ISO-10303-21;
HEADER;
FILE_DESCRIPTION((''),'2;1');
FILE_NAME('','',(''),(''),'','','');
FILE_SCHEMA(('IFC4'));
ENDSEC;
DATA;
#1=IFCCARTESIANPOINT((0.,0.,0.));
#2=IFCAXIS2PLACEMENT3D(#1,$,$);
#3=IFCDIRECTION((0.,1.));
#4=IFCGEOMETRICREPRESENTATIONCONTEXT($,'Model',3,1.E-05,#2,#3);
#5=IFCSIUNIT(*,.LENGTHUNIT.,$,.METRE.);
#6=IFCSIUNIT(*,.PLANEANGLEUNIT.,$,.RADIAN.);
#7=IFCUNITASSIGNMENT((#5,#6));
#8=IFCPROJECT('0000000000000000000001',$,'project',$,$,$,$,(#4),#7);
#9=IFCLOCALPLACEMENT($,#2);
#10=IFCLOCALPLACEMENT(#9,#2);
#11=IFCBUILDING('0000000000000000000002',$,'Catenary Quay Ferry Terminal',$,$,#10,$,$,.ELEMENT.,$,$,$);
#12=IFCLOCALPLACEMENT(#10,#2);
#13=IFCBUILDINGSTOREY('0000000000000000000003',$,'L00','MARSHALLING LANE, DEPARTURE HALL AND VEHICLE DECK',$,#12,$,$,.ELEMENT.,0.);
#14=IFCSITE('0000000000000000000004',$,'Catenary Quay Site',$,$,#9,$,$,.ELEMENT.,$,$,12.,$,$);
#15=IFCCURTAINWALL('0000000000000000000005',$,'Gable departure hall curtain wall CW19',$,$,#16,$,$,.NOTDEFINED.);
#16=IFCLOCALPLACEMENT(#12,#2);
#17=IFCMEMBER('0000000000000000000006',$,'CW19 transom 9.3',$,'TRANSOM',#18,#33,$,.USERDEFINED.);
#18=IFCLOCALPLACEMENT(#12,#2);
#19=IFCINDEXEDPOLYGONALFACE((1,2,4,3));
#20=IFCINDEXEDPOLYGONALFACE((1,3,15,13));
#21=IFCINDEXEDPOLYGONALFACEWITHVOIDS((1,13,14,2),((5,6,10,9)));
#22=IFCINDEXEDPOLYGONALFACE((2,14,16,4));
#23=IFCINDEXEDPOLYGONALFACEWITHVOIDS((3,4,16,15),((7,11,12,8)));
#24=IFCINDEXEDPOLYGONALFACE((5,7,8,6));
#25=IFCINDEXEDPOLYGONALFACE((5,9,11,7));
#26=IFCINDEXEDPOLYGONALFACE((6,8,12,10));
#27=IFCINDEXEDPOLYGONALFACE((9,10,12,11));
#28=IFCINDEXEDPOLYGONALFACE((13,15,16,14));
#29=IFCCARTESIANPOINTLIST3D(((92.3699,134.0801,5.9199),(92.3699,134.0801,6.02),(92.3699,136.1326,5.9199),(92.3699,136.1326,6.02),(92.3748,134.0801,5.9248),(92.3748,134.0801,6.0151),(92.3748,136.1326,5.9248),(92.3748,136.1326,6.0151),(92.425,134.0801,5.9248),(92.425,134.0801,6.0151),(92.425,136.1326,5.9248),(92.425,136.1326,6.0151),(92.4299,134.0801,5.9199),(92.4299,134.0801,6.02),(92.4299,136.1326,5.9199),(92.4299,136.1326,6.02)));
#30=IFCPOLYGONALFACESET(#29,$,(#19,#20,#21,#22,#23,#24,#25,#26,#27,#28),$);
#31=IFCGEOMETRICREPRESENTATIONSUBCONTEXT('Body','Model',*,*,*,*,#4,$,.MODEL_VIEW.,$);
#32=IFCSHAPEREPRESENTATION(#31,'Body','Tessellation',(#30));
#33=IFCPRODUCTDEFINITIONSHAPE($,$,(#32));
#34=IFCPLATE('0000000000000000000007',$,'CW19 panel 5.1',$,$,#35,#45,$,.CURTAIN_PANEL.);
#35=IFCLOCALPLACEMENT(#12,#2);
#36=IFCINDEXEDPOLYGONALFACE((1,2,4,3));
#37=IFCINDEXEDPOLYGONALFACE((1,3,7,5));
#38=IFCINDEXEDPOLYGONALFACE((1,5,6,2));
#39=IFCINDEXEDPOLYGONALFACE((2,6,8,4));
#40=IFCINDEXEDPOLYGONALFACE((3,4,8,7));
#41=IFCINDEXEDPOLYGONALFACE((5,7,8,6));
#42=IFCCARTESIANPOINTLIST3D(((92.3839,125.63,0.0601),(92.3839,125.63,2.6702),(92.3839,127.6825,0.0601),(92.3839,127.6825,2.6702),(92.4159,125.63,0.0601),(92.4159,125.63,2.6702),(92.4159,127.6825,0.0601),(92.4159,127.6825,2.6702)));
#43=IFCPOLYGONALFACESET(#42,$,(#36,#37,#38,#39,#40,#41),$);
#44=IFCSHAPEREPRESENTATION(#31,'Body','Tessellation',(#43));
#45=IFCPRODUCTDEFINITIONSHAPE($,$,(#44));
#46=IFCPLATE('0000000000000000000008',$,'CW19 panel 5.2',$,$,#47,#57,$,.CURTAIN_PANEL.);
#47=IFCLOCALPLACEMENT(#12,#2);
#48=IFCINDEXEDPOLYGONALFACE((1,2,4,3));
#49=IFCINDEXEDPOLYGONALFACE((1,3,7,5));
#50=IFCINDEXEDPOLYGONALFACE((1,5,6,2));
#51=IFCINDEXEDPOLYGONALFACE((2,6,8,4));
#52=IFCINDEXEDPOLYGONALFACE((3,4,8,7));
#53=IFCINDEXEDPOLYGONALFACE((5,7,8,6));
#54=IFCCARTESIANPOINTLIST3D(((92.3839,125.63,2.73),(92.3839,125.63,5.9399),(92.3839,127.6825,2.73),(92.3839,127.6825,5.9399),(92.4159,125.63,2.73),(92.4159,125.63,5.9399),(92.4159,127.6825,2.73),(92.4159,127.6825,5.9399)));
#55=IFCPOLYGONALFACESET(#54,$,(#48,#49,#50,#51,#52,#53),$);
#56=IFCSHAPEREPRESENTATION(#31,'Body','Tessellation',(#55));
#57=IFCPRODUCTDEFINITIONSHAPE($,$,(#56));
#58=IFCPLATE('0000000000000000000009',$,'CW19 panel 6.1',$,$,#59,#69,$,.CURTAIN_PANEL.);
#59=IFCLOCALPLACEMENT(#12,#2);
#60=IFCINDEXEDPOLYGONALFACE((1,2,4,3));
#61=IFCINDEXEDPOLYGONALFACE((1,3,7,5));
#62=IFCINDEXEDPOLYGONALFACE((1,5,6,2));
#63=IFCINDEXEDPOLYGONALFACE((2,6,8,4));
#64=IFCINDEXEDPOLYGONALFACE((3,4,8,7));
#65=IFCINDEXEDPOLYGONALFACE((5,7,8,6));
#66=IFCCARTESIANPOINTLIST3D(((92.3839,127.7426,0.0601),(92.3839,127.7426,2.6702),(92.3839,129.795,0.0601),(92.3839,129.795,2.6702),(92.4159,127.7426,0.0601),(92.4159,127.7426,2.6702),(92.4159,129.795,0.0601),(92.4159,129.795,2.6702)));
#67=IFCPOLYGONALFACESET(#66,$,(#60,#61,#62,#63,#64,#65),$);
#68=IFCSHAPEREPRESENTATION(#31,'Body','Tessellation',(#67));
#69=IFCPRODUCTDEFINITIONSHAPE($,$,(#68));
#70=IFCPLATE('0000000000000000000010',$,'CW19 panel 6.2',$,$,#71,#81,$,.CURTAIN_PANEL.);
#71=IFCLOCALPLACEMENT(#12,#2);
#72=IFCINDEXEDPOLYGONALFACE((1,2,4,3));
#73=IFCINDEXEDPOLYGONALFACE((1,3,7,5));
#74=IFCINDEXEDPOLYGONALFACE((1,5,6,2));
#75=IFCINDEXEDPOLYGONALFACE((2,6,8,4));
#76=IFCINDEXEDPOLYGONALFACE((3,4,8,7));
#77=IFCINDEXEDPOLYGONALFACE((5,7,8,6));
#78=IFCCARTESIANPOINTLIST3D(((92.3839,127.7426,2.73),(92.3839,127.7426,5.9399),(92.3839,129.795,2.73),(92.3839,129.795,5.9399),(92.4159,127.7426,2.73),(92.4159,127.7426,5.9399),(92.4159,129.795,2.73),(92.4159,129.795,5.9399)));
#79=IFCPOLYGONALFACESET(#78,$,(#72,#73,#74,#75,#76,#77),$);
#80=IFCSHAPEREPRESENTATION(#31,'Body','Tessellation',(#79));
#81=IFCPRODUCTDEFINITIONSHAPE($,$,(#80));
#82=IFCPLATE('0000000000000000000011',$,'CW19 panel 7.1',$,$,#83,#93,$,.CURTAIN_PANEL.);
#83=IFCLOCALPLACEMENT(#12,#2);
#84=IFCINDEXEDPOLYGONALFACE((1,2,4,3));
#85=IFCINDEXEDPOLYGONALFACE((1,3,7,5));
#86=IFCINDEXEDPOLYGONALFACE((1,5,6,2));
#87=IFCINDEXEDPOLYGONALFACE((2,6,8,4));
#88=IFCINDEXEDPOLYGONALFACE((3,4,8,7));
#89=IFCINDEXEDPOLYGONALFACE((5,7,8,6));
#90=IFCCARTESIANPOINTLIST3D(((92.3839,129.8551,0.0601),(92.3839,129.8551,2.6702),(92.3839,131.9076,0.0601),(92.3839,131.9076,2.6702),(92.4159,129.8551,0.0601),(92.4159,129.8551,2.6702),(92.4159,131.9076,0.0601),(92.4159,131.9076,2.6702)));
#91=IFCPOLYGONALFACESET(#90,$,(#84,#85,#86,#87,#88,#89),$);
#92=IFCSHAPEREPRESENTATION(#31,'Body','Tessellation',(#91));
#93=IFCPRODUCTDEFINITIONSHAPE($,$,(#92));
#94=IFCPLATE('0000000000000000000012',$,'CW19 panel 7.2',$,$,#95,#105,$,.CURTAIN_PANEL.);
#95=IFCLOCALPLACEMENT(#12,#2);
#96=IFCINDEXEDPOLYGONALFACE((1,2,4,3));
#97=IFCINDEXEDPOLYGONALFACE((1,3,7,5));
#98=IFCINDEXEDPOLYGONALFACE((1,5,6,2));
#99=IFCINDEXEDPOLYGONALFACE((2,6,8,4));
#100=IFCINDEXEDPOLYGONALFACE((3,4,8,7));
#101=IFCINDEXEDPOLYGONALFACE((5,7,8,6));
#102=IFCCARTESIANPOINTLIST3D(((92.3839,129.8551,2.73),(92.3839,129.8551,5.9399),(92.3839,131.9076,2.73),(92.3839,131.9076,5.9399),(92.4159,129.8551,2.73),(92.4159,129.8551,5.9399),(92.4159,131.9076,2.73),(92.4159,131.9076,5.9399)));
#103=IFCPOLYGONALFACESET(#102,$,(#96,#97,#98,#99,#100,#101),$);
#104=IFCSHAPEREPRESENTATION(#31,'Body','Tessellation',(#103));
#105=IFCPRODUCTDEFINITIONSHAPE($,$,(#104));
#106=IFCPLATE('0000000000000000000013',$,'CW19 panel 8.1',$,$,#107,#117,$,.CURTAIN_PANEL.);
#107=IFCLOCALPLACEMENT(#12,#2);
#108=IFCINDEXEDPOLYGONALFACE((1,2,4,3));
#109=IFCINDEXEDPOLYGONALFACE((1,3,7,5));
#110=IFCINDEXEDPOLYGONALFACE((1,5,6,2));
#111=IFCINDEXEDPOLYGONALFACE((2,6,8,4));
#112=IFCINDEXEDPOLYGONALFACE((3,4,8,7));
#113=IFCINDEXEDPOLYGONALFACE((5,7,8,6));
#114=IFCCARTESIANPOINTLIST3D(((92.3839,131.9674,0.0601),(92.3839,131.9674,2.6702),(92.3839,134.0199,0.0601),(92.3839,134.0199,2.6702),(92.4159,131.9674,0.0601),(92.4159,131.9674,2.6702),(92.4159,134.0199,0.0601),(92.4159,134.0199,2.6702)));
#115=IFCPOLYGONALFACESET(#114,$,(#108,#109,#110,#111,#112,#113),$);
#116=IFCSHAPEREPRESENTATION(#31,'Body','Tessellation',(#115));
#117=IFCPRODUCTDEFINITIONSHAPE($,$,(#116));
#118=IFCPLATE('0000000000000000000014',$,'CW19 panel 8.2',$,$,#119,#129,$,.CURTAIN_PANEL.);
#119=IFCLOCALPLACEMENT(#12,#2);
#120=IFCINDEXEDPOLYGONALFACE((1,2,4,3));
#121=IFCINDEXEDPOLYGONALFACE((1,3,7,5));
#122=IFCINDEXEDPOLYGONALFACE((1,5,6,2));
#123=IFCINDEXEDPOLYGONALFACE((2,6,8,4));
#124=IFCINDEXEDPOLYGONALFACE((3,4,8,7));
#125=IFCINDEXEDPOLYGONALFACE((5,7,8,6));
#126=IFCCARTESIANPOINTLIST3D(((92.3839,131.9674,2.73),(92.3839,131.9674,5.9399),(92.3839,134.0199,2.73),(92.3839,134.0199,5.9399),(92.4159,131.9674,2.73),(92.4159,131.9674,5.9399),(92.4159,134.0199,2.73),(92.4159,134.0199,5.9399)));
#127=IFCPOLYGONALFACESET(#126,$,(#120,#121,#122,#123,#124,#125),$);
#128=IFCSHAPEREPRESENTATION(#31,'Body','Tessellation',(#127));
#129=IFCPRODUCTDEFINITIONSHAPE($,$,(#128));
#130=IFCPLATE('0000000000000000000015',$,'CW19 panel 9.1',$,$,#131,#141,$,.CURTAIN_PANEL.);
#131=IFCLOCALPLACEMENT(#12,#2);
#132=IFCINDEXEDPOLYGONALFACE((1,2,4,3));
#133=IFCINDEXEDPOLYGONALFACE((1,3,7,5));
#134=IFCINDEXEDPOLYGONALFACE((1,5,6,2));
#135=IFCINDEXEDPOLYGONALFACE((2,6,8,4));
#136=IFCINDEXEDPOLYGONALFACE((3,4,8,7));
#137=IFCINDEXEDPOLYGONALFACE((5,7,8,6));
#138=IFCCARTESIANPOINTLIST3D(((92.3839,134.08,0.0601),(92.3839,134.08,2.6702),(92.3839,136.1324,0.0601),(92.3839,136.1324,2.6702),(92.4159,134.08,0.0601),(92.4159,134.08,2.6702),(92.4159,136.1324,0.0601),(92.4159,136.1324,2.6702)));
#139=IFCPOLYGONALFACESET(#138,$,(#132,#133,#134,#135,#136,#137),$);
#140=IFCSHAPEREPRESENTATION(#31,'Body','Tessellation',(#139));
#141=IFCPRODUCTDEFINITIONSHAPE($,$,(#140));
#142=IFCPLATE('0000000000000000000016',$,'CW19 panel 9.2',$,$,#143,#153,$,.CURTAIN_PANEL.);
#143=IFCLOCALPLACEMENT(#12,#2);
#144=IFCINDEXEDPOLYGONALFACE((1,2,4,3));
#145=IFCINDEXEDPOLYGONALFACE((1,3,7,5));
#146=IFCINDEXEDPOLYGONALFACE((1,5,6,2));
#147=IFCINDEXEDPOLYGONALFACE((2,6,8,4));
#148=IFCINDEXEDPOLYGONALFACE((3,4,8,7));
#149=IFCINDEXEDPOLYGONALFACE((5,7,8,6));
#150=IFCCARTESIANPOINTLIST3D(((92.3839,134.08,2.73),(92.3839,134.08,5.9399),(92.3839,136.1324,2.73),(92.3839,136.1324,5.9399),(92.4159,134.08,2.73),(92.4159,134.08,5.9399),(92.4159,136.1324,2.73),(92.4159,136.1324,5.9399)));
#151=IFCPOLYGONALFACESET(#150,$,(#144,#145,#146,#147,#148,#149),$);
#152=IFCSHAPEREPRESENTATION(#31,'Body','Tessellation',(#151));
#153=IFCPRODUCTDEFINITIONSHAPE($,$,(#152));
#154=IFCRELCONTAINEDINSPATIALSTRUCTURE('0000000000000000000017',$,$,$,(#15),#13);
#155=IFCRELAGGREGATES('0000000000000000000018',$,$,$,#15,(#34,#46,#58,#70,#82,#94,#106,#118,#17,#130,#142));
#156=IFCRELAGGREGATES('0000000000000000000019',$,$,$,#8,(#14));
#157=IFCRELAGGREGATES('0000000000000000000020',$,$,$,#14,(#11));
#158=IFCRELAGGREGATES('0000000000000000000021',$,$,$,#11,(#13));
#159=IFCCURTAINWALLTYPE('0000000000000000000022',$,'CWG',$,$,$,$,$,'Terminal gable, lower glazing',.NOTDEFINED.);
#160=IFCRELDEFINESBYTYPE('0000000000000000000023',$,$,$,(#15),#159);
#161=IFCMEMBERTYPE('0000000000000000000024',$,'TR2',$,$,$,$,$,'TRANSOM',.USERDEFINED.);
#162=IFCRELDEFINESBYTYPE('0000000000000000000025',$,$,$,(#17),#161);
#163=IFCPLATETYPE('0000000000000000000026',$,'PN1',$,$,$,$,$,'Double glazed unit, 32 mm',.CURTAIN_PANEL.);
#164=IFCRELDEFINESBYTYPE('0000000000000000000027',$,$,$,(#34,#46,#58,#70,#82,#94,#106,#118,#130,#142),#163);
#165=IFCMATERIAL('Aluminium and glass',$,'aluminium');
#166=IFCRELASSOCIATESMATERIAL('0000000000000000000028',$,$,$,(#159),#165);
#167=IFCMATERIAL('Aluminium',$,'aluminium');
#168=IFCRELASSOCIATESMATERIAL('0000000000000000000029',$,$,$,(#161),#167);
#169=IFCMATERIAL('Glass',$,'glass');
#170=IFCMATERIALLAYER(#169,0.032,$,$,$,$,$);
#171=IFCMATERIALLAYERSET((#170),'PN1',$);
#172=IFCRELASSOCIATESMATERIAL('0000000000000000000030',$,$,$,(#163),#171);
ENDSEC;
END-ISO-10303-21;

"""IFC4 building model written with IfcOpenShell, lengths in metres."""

from ifc_helpers import new_model, si_unit, direction, frame, origin, origin_2d, place, context, subcontext, project, spatial, rectangle, hollow_rectangle, extrude, material, layer, layer_set, material_profile, profile_set, type_object, element, aggregate, save


model = new_model("IFC4")

# Units and contexts
model_context = context("Model", 3, precision=1e-05, world=origin(), true_north=direction((0.0, 1.0)))
body_context = subcontext(model_context, "Body", "Model", "MODEL_VIEW")
ifc_project = project(units=[si_unit("LENGTHUNIT", "METRE"), si_unit("PLANEANGLEUNIT", "RADIAN")], contexts=[model_context])

# Site, building, storey
site_placement = place(None, origin())
site = spatial("IfcSite", under=ifc_project, at=site_placement, Name="Catenary Quay Site", CompositionType="ELEMENT", RefElevation=12.0)
building_placement = place(site_placement, origin())
building = spatial("IfcBuilding", under=site, at=building_placement, Name="Catenary Quay Ferry Terminal", CompositionType="ELEMENT")
storey_placement = place(building_placement, origin())
storey = spatial("IfcBuildingStorey", under=building, at=storey_placement, Name="L00", Description="MARSHALLING LANE, DEPARTURE HALL AND VEHICLE DECK", CompositionType="ELEMENT", Elevation=0.0)

# Curtain wall, member, plates
ifc_material_1 = material(Name="Aluminium and glass", Category="aluminium")
curtain_wall_type = type_object("IfcCurtainWallType", Name="CWG", ElementType="Terminal gable, lower glazing", PredefinedType="NOTDEFINED", material=ifc_material_1)
curtain_wall_placement = place(storey_placement, origin())
curtain_wall = element("IfcCurtainWall", 1, at=curtain_wall_placement, inside=storey, type_object=curtain_wall_type, Name="Gable departure hall curtain wall CW19", PredefinedType="NOTDEFINED")
ifc_material_2 = material(Name="Aluminium", Category="aluminium")
ifc_material_profile_1 = material_profile(ifc_material_2, hollow_rectangle(XDim=0.0601, YDim=0.1001, WallThickness=0.0049, at=origin_2d()), Name="TR2")
ifc_profile_set_1 = profile_set([ifc_material_profile_1], Name="Aluminium")
member_type_1 = type_object("IfcMemberType", Name="TR2", ElementType="TRANSOM", PredefinedType="USERDEFINED", material=ifc_profile_set_1)
member_1_placement = place(storey_placement, frame((92.3999, 134.0801, 5.97), z_axis=(0.0, 1.0, 0.0), x_axis=(-1.0, 0.0, 0.0)))
member_1 = element("IfcMember", 2, at=member_1_placement, type_object=member_type_1, Name="CW19 transom 9.3", ObjectType="TRANSOM", PredefinedType="USERDEFINED", context=body_context, shape_type="SweptSolid", body=[
    extrude(hollow_rectangle(XDim=0.0601, YDim=0.1001, WallThickness=0.0049, at=origin_2d()), origin(), (0.0, 0.0, 1.0), 2.0525),
])
ifc_material_3 = material(Name="Glass", Category="glass")
ifc_layer = layer(ifc_material_3, 0.032)
ifc_layer_set = layer_set([ifc_layer], Name="PN1")
plate_type = type_object("IfcPlateType", Name="PN1", ElementType="Double glazed unit, 32 mm", PredefinedType="CURTAIN_PANEL", material=ifc_layer_set)
plate_1_placement = place(storey_placement, frame((92.3999, 126.6562, 0.0601), z_axis=(0.0, 0.0, 1.0), x_axis=(0.0, 1.0, 0.0)))
plate_1 = element("IfcPlate", 3, at=plate_1_placement, type_object=plate_type, Name="CW19 panel 5.1", PredefinedType="CURTAIN_PANEL", context=body_context, shape_type="SweptSolid", body=[
    extrude(rectangle(XDim=2.0525, YDim=0.032, at=origin_2d()), origin(), (0.0, 0.0, 1.0), 2.6101),
])
plate_2_placement = place(storey_placement, frame((92.3999, 126.6562, 2.73), z_axis=(0.0, 0.0, 1.0), x_axis=(0.0, 1.0, 0.0)))
plate_2 = element("IfcPlate", 4, at=plate_2_placement, type_object=plate_type, Name="CW19 panel 5.2", PredefinedType="CURTAIN_PANEL", context=body_context, shape_type="SweptSolid", body=[
    extrude(rectangle(XDim=2.0525, YDim=0.032, at=origin_2d()), origin(), (0.0, 0.0, 1.0), 3.21),
])
plate_3_placement = place(storey_placement, frame((92.3999, 128.7688, 0.0601), z_axis=(0.0, 0.0, 1.0), x_axis=(0.0, 1.0, 0.0)))
plate_3 = element("IfcPlate", 5, at=plate_3_placement, type_object=plate_type, Name="CW19 panel 6.1", PredefinedType="CURTAIN_PANEL", context=body_context, shape_type="SweptSolid", body=[
    extrude(rectangle(XDim=2.0525, YDim=0.032, at=origin_2d()), origin(), (0.0, 0.0, 1.0), 2.6101),
])
plate_4_placement = place(storey_placement, frame((92.3999, 128.7688, 2.73), z_axis=(0.0, 0.0, 1.0), x_axis=(0.0, 1.0, 0.0)))
plate_4 = element("IfcPlate", 6, at=plate_4_placement, type_object=plate_type, Name="CW19 panel 6.2", PredefinedType="CURTAIN_PANEL", context=body_context, shape_type="SweptSolid", body=[
    extrude(rectangle(XDim=2.0525, YDim=0.032, at=origin_2d()), origin(), (0.0, 0.0, 1.0), 3.21),
])
plate_5_placement = place(storey_placement, frame((92.3999, 130.8813, 0.0601), z_axis=(0.0, 0.0, 1.0), x_axis=(0.0, 1.0, 0.0)))
plate_5 = element("IfcPlate", 7, at=plate_5_placement, type_object=plate_type, Name="CW19 panel 7.1", PredefinedType="CURTAIN_PANEL", context=body_context, shape_type="SweptSolid", body=[
    extrude(rectangle(XDim=2.0525, YDim=0.032, at=origin_2d()), origin(), (0.0, 0.0, 1.0), 2.6101),
])
plate_6_placement = place(storey_placement, frame((92.3999, 130.8813, 2.73), z_axis=(0.0, 0.0, 1.0), x_axis=(0.0, 1.0, 0.0)))
plate_6 = element("IfcPlate", 8, at=plate_6_placement, type_object=plate_type, Name="CW19 panel 7.2", PredefinedType="CURTAIN_PANEL", context=body_context, shape_type="SweptSolid", body=[
    extrude(rectangle(XDim=2.0525, YDim=0.032, at=origin_2d()), origin(), (0.0, 0.0, 1.0), 3.21),
])
plate_7_placement = place(storey_placement, frame((92.3999, 132.9937, 0.0601), z_axis=(0.0, 0.0, 1.0), x_axis=(0.0, 1.0, 0.0)))
plate_7 = element("IfcPlate", 9, at=plate_7_placement, type_object=plate_type, Name="CW19 panel 8.1", PredefinedType="CURTAIN_PANEL", context=body_context, shape_type="SweptSolid", body=[
    extrude(rectangle(XDim=2.0525, YDim=0.032, at=origin_2d()), origin(), (0.0, 0.0, 1.0), 2.6101),
])
plate_8_placement = place(storey_placement, frame((92.3999, 132.9937, 2.73), z_axis=(0.0, 0.0, 1.0), x_axis=(0.0, 1.0, 0.0)))
plate_8 = element("IfcPlate", 10, at=plate_8_placement, type_object=plate_type, Name="CW19 panel 8.2", PredefinedType="CURTAIN_PANEL", context=body_context, shape_type="SweptSolid", body=[
    extrude(rectangle(XDim=2.0525, YDim=0.032, at=origin_2d()), origin(), (0.0, 0.0, 1.0), 3.21),
])
plate_9_placement = place(storey_placement, frame((92.3999, 135.1062, 0.0601), z_axis=(0.0, 0.0, 1.0), x_axis=(0.0, 1.0, 0.0)))
plate_9 = element("IfcPlate", 11, at=plate_9_placement, type_object=plate_type, Name="CW19 panel 9.1", PredefinedType="CURTAIN_PANEL", context=body_context, shape_type="SweptSolid", body=[
    extrude(rectangle(XDim=2.0525, YDim=0.032, at=origin_2d()), origin(), (0.0, 0.0, 1.0), 2.6101),
])
plate_10_placement = place(storey_placement, frame((92.3999, 135.1062, 2.73), z_axis=(0.0, 0.0, 1.0), x_axis=(0.0, 1.0, 0.0)))
plate_10 = element("IfcPlate", 12, at=plate_10_placement, type_object=plate_type, Name="CW19 panel 9.2", PredefinedType="CURTAIN_PANEL", context=body_context, shape_type="SweptSolid", body=[
    extrude(rectangle(XDim=2.0525, YDim=0.032, at=origin_2d()), origin(), (0.0, 0.0, 1.0), 3.21),
])
aggregate(curtain_wall, [plate_1, plate_2, plate_3, plate_4, plate_5, plate_6, plate_7, plate_8, member_1, plate_9, plate_10])

save(model, "model.ifc")
